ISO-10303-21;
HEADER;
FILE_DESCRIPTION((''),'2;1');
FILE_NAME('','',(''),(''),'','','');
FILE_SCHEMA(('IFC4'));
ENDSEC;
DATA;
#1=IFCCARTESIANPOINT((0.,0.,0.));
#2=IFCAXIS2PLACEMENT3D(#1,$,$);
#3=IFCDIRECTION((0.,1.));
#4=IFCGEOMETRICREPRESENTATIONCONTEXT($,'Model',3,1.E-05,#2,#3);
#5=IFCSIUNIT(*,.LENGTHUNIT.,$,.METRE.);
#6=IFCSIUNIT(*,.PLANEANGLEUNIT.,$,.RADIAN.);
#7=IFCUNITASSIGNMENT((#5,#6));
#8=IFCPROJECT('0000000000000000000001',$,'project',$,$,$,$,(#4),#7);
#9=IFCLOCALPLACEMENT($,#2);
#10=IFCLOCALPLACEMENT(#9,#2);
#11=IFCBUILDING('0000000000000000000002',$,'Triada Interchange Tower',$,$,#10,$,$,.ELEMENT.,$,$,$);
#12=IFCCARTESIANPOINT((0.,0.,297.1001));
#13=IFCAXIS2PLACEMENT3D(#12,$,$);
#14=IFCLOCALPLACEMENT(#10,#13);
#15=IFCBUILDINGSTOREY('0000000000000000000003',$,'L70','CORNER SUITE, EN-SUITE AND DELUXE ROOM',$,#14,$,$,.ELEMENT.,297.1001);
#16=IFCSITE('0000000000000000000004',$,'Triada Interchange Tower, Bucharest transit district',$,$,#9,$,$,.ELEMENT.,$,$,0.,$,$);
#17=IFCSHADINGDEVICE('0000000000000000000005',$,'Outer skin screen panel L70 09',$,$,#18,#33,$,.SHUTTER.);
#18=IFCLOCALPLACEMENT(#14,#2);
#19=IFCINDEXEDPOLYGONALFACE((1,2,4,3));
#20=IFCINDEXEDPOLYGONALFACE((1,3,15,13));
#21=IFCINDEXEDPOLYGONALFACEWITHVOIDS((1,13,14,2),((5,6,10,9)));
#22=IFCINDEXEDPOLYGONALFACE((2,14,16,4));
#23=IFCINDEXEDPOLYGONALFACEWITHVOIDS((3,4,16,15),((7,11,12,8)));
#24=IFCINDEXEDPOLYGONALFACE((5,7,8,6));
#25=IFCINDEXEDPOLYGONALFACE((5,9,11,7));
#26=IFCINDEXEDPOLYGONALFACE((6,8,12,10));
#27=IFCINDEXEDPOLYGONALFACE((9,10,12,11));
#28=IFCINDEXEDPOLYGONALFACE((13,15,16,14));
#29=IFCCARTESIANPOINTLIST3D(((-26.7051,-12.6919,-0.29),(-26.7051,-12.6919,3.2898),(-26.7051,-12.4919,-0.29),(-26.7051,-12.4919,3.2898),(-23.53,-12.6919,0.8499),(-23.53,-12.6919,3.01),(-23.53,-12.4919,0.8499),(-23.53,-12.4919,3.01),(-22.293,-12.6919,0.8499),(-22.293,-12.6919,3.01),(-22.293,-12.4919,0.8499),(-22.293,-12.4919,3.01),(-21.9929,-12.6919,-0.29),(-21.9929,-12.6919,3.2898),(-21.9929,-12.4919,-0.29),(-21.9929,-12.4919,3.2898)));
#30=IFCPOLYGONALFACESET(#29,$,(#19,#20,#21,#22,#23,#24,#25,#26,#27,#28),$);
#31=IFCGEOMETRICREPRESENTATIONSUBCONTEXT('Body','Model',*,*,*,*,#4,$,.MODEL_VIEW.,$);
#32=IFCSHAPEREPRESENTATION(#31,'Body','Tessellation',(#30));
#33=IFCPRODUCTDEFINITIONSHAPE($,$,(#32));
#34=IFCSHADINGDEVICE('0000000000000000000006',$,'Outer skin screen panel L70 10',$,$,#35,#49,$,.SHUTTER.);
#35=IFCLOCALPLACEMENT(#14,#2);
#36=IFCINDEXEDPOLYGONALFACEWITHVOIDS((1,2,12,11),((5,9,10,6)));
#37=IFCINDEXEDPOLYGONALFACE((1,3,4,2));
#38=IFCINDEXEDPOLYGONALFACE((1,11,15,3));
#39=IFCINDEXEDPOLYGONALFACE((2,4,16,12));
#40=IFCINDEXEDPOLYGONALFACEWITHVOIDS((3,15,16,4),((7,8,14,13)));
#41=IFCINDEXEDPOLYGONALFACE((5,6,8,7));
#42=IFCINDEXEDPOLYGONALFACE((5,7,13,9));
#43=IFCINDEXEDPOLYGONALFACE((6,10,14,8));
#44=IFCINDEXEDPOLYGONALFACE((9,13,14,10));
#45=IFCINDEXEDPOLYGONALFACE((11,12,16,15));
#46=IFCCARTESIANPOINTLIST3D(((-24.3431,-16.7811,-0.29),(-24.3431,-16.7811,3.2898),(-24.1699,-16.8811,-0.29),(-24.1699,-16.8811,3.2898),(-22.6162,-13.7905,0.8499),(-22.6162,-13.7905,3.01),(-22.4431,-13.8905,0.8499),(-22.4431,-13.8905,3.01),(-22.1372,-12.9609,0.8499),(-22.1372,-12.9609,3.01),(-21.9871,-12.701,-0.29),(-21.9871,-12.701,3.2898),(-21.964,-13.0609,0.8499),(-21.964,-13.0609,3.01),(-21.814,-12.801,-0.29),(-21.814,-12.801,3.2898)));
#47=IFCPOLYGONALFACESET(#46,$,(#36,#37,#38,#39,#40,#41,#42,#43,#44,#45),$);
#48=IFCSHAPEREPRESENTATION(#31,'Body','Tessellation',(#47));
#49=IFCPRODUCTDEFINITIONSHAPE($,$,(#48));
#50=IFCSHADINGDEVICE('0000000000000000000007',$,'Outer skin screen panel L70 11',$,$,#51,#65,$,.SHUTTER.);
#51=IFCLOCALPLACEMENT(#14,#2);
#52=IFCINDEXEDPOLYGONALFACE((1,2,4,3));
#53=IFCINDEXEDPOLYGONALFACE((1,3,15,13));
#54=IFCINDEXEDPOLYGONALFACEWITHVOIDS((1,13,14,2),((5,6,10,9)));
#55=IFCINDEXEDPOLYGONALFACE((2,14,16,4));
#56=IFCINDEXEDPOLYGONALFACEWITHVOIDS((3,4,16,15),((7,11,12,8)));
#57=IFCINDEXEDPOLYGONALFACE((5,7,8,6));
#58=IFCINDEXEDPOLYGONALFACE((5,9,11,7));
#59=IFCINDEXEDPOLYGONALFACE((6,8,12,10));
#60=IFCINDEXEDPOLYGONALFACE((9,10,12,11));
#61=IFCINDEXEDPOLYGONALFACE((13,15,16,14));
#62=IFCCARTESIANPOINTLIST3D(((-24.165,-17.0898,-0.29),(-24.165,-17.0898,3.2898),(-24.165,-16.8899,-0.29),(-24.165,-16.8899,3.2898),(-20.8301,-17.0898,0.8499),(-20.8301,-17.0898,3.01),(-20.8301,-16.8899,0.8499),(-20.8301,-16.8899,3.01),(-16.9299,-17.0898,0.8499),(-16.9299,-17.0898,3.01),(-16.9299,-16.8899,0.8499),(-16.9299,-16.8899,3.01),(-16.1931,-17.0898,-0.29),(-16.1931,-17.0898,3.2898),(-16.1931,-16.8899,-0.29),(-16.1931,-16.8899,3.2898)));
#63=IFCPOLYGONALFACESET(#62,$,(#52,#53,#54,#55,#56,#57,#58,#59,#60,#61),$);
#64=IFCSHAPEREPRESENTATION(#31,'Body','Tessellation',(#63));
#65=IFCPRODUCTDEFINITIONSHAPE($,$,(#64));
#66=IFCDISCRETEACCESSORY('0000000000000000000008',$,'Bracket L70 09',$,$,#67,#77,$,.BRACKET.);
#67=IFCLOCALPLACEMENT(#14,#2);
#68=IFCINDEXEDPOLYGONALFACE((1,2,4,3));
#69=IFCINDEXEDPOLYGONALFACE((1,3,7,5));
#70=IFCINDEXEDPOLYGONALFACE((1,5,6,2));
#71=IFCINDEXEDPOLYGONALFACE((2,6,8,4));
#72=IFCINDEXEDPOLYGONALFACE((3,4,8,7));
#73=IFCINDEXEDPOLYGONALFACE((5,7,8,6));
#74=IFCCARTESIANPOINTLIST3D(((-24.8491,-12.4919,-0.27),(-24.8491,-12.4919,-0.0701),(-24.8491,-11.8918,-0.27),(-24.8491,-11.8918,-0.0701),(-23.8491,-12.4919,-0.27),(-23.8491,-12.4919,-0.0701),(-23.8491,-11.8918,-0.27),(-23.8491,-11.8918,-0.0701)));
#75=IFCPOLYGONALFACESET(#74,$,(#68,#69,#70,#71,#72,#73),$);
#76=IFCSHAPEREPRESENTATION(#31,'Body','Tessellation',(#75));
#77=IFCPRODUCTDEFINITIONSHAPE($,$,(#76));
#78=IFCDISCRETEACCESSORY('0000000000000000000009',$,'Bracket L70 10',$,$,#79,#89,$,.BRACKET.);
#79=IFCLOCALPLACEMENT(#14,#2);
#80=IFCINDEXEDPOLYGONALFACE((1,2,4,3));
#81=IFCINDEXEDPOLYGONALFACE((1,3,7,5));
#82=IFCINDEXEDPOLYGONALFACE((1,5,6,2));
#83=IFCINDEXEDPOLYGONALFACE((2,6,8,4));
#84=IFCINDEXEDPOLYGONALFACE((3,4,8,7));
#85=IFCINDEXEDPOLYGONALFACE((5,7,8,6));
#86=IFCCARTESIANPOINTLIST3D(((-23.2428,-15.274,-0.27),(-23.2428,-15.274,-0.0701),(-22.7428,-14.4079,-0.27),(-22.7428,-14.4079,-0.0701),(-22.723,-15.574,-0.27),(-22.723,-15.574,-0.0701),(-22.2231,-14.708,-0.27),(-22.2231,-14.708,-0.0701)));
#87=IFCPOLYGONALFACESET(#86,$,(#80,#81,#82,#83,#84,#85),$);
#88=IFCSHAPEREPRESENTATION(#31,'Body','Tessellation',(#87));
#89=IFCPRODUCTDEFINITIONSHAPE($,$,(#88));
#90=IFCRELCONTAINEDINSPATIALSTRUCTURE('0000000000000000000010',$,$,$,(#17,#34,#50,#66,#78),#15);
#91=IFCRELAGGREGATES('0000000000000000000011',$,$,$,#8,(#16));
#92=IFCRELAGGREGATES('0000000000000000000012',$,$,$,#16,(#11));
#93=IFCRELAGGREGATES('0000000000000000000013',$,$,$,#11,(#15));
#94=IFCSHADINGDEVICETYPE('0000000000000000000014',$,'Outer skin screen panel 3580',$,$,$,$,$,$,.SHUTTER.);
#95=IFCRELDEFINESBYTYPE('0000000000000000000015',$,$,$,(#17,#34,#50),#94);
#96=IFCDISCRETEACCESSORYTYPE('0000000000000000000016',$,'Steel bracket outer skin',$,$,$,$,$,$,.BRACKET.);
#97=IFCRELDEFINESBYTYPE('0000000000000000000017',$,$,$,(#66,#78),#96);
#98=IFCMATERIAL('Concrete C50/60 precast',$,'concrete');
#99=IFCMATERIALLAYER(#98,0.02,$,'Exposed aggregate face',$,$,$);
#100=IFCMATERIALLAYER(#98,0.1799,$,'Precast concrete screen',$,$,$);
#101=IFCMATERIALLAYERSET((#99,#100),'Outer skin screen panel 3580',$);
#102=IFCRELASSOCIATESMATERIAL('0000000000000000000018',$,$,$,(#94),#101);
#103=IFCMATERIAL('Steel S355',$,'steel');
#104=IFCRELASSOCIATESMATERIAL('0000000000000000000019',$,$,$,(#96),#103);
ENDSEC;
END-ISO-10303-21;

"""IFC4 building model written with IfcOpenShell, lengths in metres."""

from ifc_helpers import new_model, si_unit, direction, frame, origin, origin_2d, place, context, subcontext, project, spatial, polyline, rectangle, outline, extrude, material, layer, layer_set, type_object, element, save


model = new_model("IFC4")

# Units and contexts
model_context = context("Model", 3, precision=1e-05, world=origin(), true_north=direction((0.0, 1.0)))
body_context = subcontext(model_context, "Body", "Model", "MODEL_VIEW")
ifc_project = project(units=[si_unit("LENGTHUNIT", "METRE"), si_unit("PLANEANGLEUNIT", "RADIAN")], contexts=[model_context])

# Site, building, storey
site_placement = place(None, origin())
site = spatial("IfcSite", under=ifc_project, at=site_placement, Name="Triada Interchange Tower, Bucharest transit district", CompositionType="ELEMENT", RefElevation=0.0)
building_placement = place(site_placement, origin())
building = spatial("IfcBuilding", under=site, at=building_placement, Name="Triada Interchange Tower", CompositionType="ELEMENT")
storey_placement = place(building_placement, frame((0.0, 0.0, 297.1001)))
storey = spatial("IfcBuildingStorey", under=building, at=storey_placement, Name="L70", Description="CORNER SUITE, EN-SUITE AND DELUXE ROOM", CompositionType="ELEMENT", Elevation=297.1001)

# Shading devices
ifc_material_1 = material(Name="Concrete C50/60 precast", Category="concrete")
ifc_layer_1 = layer(ifc_material_1, 0.02, Name="Exposed aggregate face")
ifc_layer_2 = layer(ifc_material_1, 0.1799, Name="Precast concrete screen")
ifc_layer_set_1 = layer_set([ifc_layer_1, ifc_layer_2], Name="Outer skin screen panel 3580")
shading_device_type = type_object("IfcShadingDeviceType", Name="Outer skin screen panel 3580", PredefinedType="SHUTTER", material=ifc_layer_set_1)
shading_device_1_placement = place(storey_placement, frame((-26.7051, -12.4919, -0.29), z_axis=(0.0, 0.0, 1.0), x_axis=(1.0, 0.0, 0.0)))
element("IfcShadingDevice", 1, at=shading_device_1_placement, inside=storey, type_object=shading_device_type, Name="Outer skin screen panel L70 09", PredefinedType="SHUTTER", context=body_context, shape_type="SweptSolid", body=[
    extrude(outline(polyline([(0.0, 0.0), (4.7122, 0.0), (4.7122, 3.5798), (0.0, 3.5798), (0.0, 0.0)]), holes=[polyline([(3.175, 1.1399), (3.175, 3.3), (4.4121, 3.3), (4.4121, 1.1399), (3.175, 1.1399)])]), frame((0.0, 0.0, 0.0), z_axis=(0.0, -1.0, 0.0), x_axis=(1.0, 0.0, 0.0)), (0.0, 0.0, 1.0), 0.2),
])
shading_device_2_placement = place(storey_placement, frame((-21.814, -12.801, -0.29), z_axis=(0.0, 0.0, 1.0), x_axis=(-0.500051, -0.865996, 0.0)))
element("IfcShadingDevice", 2, at=shading_device_2_placement, inside=storey, type_object=shading_device_type, Name="Outer skin screen panel L70 10", PredefinedType="SHUTTER", context=body_context, shape_type="SweptSolid", body=[
    extrude(outline(polyline([(0.0, 0.0), (4.7114, 0.0), (4.7114, 3.5798), (0.0, 3.5798), (0.0, 0.0)]), holes=[polyline([(0.3, 1.1399), (0.3, 3.3), (1.2581, 3.3), (1.2581, 1.1399), (0.3, 1.1399)])]), frame((0.0, 0.0, 0.0), z_axis=(0.0, -1.0, 0.0), x_axis=(1.0, 0.0, 0.0)), (0.0, 0.0, 1.0), 0.2),
])
shading_device_3_placement = place(storey_placement, frame((-24.165, -16.8899, -0.29), z_axis=(0.0, 0.0, 1.0), x_axis=(1.0, 0.0, 0.0)))
element("IfcShadingDevice", 3, at=shading_device_3_placement, inside=storey, type_object=shading_device_type, Name="Outer skin screen panel L70 11", PredefinedType="SHUTTER", context=body_context, shape_type="SweptSolid", body=[
    extrude(outline(polyline([(0.0, 0.0), (7.9719, 0.0), (7.9719, 3.5798), (0.0, 3.5798), (0.0, 0.0)]), holes=[polyline([(3.335, 1.1399), (3.335, 3.3), (7.2351, 3.3), (7.2351, 1.1399), (3.335, 1.1399)])]), frame((0.0, 0.0, 0.0), z_axis=(0.0, -1.0, 0.0), x_axis=(1.0, 0.0, 0.0)), (0.0, 0.0, 1.0), 0.2),
])

# Discrete accessories
ifc_material_2 = material(Name="Steel S355", Category="steel")
discrete_accessory_type = type_object("IfcDiscreteAccessoryType", Name="Steel bracket outer skin", PredefinedType="BRACKET", material=ifc_material_2)
for number, where, z_axis, x_axis, name in (
    (4, (-24.3491, -12.1919, -0.27), (0.0, 0.0, 1.0), (0.0, -1.0, 0.0), "Bracket L70 09"),
    (5, (-22.7329, -14.991, -0.27), (0.0, 0.0, 1.0), (-0.866041, 0.499972, 0.0), "Bracket L70 10"),
):
    element("IfcDiscreteAccessory", number, at=place(storey_placement, frame(where, z_axis=z_axis, x_axis=x_axis)), inside=storey, type_object=discrete_accessory_type, Name=name, PredefinedType="BRACKET", context=body_context, shape_type="SweptSolid", body=[
        extrude(rectangle(XDim=0.6001, YDim=1.0, at=origin_2d()), origin(), (0.0, 0.0, 1.0), 0.2),
    ])

save(model, "model.ifc")
